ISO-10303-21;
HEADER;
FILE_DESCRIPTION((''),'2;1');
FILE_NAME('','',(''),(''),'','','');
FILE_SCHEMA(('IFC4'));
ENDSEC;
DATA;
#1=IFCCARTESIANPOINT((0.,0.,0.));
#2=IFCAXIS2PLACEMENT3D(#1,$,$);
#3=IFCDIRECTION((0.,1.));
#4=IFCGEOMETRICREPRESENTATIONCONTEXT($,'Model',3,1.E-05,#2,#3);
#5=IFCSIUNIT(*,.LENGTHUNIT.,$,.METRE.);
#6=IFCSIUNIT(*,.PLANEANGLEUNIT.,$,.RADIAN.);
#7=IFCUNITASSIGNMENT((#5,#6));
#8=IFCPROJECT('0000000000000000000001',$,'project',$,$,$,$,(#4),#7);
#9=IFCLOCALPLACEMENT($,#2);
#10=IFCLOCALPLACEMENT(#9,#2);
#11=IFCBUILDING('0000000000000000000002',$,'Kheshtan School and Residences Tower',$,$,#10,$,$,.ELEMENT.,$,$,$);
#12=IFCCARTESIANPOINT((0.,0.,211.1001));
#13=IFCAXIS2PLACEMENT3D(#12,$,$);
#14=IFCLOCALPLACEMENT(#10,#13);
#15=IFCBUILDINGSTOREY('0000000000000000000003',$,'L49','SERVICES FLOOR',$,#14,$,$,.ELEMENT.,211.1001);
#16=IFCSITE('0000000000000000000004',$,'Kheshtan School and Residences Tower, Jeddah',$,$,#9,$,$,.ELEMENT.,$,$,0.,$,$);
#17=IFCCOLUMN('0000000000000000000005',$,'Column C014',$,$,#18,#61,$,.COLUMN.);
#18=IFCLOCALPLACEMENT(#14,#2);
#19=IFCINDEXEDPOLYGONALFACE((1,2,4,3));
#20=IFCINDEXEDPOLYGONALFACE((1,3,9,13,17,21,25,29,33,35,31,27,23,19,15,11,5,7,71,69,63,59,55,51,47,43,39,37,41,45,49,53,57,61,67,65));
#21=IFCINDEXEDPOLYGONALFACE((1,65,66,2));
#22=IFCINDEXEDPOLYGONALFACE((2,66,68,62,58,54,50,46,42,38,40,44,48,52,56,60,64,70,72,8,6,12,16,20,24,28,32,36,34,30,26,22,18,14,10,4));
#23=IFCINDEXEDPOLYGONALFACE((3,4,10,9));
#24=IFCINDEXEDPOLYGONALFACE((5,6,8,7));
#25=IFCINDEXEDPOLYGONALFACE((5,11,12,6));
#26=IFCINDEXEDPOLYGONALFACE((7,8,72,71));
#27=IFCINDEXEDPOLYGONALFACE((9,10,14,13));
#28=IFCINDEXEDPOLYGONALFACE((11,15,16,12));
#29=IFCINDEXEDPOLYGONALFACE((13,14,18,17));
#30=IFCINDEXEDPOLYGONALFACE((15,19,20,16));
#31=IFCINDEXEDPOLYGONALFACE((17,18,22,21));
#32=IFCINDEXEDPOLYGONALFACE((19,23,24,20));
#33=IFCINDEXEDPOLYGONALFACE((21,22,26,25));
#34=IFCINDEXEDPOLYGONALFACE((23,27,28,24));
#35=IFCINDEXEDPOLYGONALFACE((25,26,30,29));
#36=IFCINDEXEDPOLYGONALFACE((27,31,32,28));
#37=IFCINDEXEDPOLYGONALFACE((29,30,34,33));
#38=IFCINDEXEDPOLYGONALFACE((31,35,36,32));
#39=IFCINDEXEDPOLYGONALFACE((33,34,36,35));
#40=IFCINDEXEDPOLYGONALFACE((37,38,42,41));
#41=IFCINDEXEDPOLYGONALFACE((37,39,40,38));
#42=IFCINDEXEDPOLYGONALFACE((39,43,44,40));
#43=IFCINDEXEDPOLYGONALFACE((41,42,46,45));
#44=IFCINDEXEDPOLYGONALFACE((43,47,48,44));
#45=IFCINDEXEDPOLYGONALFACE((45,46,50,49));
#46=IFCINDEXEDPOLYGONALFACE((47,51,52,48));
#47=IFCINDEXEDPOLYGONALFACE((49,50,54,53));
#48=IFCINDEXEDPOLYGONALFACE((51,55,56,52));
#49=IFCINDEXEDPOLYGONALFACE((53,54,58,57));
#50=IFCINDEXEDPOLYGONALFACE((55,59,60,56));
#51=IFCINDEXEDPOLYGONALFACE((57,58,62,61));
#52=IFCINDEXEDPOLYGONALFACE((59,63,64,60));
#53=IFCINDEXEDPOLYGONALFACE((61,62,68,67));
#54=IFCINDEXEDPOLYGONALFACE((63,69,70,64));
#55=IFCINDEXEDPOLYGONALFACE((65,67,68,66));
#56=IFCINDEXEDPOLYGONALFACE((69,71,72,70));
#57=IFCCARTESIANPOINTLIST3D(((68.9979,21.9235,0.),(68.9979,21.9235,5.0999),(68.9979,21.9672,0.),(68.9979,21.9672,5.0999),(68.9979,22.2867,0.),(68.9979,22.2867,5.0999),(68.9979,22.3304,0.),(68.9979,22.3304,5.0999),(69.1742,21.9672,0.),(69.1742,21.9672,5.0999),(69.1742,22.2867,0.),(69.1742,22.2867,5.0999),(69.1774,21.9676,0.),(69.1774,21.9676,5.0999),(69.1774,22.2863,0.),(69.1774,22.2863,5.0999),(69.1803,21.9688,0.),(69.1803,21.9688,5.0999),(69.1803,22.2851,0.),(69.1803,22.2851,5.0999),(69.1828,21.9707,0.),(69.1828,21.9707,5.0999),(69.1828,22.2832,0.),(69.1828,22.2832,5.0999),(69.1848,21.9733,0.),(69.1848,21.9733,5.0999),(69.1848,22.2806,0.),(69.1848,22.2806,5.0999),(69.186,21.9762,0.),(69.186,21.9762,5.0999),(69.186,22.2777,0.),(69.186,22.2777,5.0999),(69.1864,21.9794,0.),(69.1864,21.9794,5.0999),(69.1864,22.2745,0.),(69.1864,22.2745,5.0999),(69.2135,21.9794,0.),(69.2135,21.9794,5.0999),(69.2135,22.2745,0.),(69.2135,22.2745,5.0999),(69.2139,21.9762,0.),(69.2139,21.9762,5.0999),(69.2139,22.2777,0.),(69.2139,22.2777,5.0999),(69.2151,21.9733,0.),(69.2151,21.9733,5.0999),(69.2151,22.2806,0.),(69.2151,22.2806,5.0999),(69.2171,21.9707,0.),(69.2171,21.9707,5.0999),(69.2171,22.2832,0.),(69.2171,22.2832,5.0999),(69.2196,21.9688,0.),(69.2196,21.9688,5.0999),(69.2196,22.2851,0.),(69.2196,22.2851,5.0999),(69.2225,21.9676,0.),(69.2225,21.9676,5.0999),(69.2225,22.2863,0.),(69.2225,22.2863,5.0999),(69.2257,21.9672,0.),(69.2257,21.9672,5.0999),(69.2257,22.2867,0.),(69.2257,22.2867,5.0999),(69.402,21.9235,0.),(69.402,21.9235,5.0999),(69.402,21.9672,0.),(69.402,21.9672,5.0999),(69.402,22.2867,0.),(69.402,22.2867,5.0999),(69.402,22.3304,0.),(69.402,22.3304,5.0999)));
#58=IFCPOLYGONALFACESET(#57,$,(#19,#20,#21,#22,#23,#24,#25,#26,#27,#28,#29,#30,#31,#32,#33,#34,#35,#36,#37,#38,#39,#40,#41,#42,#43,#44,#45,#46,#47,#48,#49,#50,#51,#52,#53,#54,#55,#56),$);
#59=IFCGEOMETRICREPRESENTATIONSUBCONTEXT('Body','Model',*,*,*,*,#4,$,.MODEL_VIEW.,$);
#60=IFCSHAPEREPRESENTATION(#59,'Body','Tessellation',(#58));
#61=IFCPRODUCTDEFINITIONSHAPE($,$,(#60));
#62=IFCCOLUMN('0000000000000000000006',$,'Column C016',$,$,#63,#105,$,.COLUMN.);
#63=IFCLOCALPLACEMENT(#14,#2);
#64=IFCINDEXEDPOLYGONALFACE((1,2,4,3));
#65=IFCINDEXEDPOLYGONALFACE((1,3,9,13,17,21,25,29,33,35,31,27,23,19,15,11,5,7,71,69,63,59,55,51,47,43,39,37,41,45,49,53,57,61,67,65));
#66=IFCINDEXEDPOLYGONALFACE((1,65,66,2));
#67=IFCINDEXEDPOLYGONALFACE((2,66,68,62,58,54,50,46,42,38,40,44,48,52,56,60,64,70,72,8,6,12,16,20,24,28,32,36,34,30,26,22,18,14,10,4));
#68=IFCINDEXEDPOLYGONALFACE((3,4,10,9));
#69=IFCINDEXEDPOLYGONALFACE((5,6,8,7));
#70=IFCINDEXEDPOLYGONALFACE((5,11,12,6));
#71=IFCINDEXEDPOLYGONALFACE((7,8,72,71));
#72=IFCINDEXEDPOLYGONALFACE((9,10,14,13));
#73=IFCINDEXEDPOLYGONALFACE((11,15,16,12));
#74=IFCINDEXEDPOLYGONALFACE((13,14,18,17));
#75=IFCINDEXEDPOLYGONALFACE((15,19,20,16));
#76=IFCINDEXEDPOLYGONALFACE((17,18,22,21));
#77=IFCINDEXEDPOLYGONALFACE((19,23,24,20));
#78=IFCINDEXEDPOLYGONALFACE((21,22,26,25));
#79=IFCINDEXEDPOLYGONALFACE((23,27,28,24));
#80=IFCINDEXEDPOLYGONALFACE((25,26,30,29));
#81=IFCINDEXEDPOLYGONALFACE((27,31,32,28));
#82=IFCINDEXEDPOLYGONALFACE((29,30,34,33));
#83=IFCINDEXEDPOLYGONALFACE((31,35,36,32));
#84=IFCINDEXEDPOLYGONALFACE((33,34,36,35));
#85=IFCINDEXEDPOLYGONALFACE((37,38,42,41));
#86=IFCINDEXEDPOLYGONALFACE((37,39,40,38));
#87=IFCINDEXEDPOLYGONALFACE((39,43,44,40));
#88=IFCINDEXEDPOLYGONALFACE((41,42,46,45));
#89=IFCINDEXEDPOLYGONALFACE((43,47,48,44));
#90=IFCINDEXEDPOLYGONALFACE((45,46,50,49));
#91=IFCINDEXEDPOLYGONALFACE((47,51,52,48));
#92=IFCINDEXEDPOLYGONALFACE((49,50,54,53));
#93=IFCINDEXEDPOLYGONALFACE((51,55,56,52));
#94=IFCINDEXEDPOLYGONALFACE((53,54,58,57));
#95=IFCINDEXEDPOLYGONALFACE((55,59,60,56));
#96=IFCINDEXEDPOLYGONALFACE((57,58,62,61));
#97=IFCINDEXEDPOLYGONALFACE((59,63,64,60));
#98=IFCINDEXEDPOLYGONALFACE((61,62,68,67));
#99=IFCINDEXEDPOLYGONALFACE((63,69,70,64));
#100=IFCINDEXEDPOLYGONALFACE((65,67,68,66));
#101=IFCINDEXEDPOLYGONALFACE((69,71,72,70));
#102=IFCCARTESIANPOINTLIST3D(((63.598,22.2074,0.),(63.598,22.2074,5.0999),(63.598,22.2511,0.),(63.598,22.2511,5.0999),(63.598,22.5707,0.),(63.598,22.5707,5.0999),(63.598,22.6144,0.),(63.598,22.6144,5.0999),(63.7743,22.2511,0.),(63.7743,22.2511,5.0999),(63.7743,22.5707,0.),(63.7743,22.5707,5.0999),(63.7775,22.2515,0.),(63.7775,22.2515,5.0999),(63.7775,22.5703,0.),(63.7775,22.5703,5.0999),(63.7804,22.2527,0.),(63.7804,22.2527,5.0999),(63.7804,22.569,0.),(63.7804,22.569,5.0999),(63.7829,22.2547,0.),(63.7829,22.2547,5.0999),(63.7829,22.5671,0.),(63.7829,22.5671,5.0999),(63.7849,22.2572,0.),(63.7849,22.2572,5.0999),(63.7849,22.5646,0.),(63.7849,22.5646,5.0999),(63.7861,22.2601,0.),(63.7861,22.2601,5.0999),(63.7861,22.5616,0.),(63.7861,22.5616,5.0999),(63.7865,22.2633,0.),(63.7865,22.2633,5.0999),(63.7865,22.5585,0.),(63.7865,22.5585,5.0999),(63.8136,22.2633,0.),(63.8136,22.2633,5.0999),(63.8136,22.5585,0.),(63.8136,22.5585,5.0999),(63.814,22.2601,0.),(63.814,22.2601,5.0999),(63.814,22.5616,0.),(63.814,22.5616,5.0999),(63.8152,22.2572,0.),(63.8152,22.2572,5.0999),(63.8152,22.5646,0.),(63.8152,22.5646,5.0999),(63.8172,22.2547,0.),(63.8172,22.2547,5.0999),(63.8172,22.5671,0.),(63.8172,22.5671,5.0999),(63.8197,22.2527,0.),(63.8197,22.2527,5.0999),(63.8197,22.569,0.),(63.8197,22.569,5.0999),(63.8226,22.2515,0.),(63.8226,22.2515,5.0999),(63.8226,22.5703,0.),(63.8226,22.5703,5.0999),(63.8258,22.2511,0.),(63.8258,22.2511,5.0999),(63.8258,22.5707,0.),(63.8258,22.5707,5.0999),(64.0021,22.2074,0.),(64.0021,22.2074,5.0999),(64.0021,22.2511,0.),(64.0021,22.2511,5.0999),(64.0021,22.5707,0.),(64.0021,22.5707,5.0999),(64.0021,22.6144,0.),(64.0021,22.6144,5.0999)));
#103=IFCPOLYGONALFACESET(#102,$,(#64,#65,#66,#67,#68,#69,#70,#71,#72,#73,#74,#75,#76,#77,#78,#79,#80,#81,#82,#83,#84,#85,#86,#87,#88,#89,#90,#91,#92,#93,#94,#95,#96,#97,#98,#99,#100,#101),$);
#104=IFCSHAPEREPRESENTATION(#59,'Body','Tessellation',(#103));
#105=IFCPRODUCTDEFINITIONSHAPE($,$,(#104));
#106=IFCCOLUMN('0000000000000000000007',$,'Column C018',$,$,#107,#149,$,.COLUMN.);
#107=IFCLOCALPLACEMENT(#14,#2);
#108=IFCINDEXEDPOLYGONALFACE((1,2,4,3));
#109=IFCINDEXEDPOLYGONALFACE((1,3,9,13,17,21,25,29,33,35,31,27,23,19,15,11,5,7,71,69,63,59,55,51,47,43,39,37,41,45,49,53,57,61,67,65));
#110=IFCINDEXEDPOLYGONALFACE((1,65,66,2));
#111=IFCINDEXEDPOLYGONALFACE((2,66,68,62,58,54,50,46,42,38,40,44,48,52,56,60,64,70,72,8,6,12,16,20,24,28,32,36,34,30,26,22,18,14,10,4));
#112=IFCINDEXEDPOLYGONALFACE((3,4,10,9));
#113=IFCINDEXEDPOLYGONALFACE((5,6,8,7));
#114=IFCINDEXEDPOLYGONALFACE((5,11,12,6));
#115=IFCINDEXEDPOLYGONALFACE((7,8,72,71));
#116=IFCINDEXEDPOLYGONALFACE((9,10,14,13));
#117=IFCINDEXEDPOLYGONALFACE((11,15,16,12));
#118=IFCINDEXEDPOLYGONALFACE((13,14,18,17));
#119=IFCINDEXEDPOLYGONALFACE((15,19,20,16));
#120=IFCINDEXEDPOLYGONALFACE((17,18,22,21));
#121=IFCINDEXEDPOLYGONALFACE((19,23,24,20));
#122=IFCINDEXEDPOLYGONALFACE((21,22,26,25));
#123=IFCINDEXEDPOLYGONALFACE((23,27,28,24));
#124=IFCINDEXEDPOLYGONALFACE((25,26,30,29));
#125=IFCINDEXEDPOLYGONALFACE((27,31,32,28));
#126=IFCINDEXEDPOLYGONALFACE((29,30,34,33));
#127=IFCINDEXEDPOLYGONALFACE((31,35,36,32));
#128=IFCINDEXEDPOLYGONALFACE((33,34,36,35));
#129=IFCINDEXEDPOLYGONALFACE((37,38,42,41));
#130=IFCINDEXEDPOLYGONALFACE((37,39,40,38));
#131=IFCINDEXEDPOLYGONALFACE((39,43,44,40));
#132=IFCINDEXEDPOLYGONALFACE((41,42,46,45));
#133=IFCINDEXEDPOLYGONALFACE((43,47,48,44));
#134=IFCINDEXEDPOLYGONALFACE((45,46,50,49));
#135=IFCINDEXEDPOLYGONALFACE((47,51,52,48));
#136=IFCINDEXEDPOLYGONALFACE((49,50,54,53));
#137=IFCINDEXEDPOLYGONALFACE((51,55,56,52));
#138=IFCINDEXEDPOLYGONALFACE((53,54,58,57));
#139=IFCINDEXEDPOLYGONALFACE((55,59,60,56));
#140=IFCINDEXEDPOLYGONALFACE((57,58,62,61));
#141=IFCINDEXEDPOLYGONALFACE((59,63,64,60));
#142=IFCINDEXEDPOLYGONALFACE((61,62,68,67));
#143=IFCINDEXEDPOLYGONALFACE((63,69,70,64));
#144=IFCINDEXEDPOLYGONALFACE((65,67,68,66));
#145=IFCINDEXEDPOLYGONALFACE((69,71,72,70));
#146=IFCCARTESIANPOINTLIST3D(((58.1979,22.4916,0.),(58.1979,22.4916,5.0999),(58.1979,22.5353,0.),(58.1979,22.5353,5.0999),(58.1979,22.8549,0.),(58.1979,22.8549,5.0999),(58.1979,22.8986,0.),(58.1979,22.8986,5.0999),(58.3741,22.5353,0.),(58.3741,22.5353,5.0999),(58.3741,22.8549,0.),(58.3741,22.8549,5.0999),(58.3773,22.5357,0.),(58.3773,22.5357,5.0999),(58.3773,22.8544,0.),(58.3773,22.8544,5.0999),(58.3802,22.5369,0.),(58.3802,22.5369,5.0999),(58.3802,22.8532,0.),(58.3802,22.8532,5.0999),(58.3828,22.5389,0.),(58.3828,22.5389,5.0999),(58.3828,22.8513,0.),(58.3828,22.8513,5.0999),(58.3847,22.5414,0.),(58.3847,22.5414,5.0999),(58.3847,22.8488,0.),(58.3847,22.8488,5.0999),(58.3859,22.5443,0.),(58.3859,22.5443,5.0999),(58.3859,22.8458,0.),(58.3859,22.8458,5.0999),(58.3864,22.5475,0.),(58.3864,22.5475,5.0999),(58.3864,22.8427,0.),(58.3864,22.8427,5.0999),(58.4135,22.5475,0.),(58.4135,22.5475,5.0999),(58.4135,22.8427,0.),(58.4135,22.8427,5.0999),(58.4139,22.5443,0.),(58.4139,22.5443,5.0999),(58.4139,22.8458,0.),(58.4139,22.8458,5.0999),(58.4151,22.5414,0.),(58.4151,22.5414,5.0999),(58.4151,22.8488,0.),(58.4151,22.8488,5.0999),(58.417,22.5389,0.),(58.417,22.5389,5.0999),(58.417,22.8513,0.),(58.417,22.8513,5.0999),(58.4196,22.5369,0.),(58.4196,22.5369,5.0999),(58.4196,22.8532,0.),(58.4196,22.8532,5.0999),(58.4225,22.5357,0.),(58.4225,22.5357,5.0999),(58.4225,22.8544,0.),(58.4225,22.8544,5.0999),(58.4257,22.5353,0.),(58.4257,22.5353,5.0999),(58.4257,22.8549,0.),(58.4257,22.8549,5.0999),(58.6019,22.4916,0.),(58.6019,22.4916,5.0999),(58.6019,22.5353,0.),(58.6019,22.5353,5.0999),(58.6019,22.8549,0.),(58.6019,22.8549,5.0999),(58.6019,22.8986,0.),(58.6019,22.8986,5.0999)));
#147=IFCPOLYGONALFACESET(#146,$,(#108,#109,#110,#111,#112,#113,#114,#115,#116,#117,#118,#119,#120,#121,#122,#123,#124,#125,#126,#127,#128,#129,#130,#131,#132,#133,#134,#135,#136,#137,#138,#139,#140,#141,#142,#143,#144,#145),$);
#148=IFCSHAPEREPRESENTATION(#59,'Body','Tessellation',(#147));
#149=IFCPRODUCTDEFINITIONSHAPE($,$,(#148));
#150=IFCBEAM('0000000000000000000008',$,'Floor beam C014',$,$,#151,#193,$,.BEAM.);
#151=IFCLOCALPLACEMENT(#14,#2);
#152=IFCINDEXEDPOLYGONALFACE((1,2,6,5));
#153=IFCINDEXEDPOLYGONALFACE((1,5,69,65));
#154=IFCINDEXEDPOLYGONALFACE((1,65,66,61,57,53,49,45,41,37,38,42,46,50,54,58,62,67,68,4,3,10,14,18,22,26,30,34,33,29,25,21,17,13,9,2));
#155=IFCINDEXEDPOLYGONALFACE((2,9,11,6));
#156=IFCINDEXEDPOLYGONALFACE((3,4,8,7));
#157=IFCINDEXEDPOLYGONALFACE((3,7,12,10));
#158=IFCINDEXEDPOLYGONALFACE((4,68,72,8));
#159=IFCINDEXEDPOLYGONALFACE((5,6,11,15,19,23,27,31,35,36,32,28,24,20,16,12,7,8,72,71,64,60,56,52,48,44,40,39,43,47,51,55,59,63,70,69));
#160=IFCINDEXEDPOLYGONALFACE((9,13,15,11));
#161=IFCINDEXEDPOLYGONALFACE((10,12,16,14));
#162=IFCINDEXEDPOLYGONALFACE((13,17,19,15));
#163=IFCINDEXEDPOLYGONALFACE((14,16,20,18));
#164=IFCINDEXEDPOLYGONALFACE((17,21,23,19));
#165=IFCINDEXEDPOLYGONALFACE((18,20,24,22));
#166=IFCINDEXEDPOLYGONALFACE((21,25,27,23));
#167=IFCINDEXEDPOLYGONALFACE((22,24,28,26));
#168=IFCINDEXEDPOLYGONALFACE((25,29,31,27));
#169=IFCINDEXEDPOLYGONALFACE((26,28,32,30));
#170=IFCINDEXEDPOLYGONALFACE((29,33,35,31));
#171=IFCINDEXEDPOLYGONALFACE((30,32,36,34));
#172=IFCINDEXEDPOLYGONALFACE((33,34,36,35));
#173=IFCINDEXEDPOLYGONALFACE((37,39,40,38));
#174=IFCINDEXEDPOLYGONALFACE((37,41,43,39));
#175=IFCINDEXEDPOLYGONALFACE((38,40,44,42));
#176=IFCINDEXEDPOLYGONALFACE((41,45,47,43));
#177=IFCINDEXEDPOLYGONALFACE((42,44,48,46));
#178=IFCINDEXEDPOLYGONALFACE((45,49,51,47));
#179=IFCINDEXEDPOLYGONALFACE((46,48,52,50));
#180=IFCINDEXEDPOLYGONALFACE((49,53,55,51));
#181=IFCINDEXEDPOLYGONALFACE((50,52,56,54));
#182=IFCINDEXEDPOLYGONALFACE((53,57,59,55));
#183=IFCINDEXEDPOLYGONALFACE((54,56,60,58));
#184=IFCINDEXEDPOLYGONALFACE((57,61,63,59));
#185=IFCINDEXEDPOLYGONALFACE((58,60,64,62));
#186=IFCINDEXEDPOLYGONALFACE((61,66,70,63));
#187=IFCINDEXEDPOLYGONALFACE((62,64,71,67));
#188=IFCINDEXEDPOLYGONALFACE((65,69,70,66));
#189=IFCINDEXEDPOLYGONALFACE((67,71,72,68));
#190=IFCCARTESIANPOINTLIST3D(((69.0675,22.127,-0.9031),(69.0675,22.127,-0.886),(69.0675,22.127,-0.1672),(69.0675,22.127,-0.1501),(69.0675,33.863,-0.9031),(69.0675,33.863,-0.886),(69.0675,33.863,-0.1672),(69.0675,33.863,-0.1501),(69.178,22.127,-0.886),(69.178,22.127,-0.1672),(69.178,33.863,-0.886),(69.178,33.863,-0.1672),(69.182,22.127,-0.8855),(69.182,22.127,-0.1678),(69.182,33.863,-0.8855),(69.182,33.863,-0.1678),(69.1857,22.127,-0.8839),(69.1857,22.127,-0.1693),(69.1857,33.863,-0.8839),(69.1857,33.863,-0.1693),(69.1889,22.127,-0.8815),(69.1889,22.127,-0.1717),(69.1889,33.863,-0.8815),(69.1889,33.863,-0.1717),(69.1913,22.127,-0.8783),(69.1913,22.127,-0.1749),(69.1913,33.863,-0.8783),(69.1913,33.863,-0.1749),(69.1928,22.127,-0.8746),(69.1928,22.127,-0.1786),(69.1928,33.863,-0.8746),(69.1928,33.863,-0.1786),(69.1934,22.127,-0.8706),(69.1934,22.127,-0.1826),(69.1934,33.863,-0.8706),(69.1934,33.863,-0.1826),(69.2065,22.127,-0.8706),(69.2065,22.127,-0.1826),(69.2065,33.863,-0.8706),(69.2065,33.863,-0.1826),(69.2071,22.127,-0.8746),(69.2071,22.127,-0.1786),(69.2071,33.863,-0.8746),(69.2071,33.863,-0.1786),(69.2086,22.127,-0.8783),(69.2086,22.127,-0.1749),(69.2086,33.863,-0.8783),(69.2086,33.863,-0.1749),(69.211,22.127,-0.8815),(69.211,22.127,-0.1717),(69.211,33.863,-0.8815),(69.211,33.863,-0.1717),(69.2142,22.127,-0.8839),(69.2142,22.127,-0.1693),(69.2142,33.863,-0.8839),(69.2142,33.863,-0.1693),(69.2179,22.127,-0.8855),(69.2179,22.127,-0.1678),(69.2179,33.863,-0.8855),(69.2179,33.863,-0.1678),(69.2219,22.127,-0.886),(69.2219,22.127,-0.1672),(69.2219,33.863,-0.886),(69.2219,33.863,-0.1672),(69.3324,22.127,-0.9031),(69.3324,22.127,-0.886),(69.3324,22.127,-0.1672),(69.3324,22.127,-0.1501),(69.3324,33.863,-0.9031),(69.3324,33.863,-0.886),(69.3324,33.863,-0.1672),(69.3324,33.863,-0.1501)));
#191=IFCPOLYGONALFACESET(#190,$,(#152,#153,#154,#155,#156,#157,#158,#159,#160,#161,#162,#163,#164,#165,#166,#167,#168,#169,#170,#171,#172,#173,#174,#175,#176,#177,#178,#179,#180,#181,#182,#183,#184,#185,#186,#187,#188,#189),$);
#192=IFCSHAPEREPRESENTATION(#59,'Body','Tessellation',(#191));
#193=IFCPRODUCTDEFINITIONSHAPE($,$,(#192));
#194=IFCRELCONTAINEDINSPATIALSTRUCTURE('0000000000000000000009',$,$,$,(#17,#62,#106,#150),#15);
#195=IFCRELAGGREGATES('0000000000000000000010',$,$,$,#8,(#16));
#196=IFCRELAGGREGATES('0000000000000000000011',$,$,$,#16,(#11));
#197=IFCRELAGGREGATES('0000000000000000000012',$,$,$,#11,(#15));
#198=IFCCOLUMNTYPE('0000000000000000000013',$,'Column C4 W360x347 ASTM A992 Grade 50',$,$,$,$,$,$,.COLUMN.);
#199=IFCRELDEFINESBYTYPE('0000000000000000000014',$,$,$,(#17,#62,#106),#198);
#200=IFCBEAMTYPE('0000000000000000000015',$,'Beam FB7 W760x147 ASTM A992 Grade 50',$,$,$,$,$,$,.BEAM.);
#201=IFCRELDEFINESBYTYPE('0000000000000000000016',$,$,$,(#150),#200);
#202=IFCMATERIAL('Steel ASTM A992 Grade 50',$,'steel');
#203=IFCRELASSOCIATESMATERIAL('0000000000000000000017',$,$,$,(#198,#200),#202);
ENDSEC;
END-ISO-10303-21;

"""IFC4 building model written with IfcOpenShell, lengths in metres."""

from ifc_helpers import new_model, si_unit, direction, frame, origin, origin_2d, place, context, subcontext, project, spatial, i_section, extrude, material, material_profile, profile_set, type_object, element, save


model = new_model("IFC4")

# Units and contexts
model_context = context("Model", 3, precision=1e-05, world=origin(), true_north=direction((0.0, 1.0)))
body_context = subcontext(model_context, "Body", "Model", "MODEL_VIEW")
ifc_project = project(units=[si_unit("LENGTHUNIT", "METRE"), si_unit("PLANEANGLEUNIT", "RADIAN")], contexts=[model_context])

# Site, building, storey
site_placement = place(None, origin())
site = spatial("IfcSite", under=ifc_project, at=site_placement, Name="Kheshtan School and Residences Tower, Jeddah", CompositionType="ELEMENT", RefElevation=0.0)
building_placement = place(site_placement, origin())
building = spatial("IfcBuilding", under=site, at=building_placement, Name="Kheshtan School and Residences Tower", CompositionType="ELEMENT")
storey_placement = place(building_placement, frame((0.0, 0.0, 211.1001)))
storey = spatial("IfcBuildingStorey", under=building, at=storey_placement, Name="L49", Description="SERVICES FLOOR", CompositionType="ELEMENT", Elevation=211.1001)

# Columns
ifc_material_1 = material(Name="Steel ASTM A992 Grade 50", Category="steel")
ifc_material_profile_1 = material_profile(ifc_material_1, i_section(OverallWidth=0.4041, OverallDepth=0.407, WebThickness=0.0271, FlangeThickness=0.0437, FilletRadius=0.0122, at=origin_2d()), Name="W360x347")
ifc_profile_set_1 = profile_set([ifc_material_profile_1], Name="Steel ASTM A992 Grade 50")
column_type = type_object("IfcColumnType", Name="Column C4 W360x347 ASTM A992 Grade 50", PredefinedType="COLUMN", material=ifc_profile_set_1)
for number, where, z_axis, x_axis, name in (
    (1, (69.2, 22.127, 0.0), (0.0, 0.0, 1.0), (1.0, 0.0, 0.0), "Column C014"),
    (2, (63.8, 22.4109, 0.0), (0.0, 0.0, 1.0), (1.0, 0.0, 0.0), "Column C016"),
    (3, (58.3999, 22.6951, 0.0), (0.0, 0.0, 1.0), (1.0, 0.0, 0.0), "Column C018"),
):
    element("IfcColumn", number, at=place(storey_placement, frame(where, z_axis=z_axis, x_axis=x_axis)), inside=storey, type_object=column_type, Name=name, PredefinedType="COLUMN", context=body_context, shape_type="SweptSolid", body=[
        extrude(i_section(OverallWidth=0.4041, OverallDepth=0.407, WebThickness=0.0271, FlangeThickness=0.0437, FilletRadius=0.0122, at=origin_2d()), origin(), (0.0, 0.0, 1.0), 5.0999),
    ])

# Beam
ifc_material_profile_2 = material_profile(ifc_material_1, i_section(OverallWidth=0.2649, OverallDepth=0.7529, WebThickness=0.0132, FlangeThickness=0.0171, FilletRadius=0.0154, at=origin_2d()), Name="W760x147")
ifc_profile_set_2 = profile_set([ifc_material_profile_2], Name="Steel ASTM A992 Grade 50")
beam_type_1 = type_object("IfcBeamType", Name="Beam FB7 W760x147 ASTM A992 Grade 50", PredefinedType="BEAM", material=ifc_profile_set_2)
beam_1_placement = place(storey_placement, frame((69.2, 22.127, -0.5266), z_axis=(0.0, 1.0, 0.0), x_axis=(-1.0, 0.0, 0.0)))
element("IfcBeam", 4, at=beam_1_placement, inside=storey, type_object=beam_type_1, Name="Floor beam C014", PredefinedType="BEAM", context=body_context, shape_type="SweptSolid", body=[
    extrude(i_section(OverallWidth=0.2649, OverallDepth=0.7529, WebThickness=0.0132, FlangeThickness=0.0171, FilletRadius=0.0154, at=origin_2d()), origin(), (0.0, 0.0, 1.0), 11.7361),
])

save(model, "model.ifc")
